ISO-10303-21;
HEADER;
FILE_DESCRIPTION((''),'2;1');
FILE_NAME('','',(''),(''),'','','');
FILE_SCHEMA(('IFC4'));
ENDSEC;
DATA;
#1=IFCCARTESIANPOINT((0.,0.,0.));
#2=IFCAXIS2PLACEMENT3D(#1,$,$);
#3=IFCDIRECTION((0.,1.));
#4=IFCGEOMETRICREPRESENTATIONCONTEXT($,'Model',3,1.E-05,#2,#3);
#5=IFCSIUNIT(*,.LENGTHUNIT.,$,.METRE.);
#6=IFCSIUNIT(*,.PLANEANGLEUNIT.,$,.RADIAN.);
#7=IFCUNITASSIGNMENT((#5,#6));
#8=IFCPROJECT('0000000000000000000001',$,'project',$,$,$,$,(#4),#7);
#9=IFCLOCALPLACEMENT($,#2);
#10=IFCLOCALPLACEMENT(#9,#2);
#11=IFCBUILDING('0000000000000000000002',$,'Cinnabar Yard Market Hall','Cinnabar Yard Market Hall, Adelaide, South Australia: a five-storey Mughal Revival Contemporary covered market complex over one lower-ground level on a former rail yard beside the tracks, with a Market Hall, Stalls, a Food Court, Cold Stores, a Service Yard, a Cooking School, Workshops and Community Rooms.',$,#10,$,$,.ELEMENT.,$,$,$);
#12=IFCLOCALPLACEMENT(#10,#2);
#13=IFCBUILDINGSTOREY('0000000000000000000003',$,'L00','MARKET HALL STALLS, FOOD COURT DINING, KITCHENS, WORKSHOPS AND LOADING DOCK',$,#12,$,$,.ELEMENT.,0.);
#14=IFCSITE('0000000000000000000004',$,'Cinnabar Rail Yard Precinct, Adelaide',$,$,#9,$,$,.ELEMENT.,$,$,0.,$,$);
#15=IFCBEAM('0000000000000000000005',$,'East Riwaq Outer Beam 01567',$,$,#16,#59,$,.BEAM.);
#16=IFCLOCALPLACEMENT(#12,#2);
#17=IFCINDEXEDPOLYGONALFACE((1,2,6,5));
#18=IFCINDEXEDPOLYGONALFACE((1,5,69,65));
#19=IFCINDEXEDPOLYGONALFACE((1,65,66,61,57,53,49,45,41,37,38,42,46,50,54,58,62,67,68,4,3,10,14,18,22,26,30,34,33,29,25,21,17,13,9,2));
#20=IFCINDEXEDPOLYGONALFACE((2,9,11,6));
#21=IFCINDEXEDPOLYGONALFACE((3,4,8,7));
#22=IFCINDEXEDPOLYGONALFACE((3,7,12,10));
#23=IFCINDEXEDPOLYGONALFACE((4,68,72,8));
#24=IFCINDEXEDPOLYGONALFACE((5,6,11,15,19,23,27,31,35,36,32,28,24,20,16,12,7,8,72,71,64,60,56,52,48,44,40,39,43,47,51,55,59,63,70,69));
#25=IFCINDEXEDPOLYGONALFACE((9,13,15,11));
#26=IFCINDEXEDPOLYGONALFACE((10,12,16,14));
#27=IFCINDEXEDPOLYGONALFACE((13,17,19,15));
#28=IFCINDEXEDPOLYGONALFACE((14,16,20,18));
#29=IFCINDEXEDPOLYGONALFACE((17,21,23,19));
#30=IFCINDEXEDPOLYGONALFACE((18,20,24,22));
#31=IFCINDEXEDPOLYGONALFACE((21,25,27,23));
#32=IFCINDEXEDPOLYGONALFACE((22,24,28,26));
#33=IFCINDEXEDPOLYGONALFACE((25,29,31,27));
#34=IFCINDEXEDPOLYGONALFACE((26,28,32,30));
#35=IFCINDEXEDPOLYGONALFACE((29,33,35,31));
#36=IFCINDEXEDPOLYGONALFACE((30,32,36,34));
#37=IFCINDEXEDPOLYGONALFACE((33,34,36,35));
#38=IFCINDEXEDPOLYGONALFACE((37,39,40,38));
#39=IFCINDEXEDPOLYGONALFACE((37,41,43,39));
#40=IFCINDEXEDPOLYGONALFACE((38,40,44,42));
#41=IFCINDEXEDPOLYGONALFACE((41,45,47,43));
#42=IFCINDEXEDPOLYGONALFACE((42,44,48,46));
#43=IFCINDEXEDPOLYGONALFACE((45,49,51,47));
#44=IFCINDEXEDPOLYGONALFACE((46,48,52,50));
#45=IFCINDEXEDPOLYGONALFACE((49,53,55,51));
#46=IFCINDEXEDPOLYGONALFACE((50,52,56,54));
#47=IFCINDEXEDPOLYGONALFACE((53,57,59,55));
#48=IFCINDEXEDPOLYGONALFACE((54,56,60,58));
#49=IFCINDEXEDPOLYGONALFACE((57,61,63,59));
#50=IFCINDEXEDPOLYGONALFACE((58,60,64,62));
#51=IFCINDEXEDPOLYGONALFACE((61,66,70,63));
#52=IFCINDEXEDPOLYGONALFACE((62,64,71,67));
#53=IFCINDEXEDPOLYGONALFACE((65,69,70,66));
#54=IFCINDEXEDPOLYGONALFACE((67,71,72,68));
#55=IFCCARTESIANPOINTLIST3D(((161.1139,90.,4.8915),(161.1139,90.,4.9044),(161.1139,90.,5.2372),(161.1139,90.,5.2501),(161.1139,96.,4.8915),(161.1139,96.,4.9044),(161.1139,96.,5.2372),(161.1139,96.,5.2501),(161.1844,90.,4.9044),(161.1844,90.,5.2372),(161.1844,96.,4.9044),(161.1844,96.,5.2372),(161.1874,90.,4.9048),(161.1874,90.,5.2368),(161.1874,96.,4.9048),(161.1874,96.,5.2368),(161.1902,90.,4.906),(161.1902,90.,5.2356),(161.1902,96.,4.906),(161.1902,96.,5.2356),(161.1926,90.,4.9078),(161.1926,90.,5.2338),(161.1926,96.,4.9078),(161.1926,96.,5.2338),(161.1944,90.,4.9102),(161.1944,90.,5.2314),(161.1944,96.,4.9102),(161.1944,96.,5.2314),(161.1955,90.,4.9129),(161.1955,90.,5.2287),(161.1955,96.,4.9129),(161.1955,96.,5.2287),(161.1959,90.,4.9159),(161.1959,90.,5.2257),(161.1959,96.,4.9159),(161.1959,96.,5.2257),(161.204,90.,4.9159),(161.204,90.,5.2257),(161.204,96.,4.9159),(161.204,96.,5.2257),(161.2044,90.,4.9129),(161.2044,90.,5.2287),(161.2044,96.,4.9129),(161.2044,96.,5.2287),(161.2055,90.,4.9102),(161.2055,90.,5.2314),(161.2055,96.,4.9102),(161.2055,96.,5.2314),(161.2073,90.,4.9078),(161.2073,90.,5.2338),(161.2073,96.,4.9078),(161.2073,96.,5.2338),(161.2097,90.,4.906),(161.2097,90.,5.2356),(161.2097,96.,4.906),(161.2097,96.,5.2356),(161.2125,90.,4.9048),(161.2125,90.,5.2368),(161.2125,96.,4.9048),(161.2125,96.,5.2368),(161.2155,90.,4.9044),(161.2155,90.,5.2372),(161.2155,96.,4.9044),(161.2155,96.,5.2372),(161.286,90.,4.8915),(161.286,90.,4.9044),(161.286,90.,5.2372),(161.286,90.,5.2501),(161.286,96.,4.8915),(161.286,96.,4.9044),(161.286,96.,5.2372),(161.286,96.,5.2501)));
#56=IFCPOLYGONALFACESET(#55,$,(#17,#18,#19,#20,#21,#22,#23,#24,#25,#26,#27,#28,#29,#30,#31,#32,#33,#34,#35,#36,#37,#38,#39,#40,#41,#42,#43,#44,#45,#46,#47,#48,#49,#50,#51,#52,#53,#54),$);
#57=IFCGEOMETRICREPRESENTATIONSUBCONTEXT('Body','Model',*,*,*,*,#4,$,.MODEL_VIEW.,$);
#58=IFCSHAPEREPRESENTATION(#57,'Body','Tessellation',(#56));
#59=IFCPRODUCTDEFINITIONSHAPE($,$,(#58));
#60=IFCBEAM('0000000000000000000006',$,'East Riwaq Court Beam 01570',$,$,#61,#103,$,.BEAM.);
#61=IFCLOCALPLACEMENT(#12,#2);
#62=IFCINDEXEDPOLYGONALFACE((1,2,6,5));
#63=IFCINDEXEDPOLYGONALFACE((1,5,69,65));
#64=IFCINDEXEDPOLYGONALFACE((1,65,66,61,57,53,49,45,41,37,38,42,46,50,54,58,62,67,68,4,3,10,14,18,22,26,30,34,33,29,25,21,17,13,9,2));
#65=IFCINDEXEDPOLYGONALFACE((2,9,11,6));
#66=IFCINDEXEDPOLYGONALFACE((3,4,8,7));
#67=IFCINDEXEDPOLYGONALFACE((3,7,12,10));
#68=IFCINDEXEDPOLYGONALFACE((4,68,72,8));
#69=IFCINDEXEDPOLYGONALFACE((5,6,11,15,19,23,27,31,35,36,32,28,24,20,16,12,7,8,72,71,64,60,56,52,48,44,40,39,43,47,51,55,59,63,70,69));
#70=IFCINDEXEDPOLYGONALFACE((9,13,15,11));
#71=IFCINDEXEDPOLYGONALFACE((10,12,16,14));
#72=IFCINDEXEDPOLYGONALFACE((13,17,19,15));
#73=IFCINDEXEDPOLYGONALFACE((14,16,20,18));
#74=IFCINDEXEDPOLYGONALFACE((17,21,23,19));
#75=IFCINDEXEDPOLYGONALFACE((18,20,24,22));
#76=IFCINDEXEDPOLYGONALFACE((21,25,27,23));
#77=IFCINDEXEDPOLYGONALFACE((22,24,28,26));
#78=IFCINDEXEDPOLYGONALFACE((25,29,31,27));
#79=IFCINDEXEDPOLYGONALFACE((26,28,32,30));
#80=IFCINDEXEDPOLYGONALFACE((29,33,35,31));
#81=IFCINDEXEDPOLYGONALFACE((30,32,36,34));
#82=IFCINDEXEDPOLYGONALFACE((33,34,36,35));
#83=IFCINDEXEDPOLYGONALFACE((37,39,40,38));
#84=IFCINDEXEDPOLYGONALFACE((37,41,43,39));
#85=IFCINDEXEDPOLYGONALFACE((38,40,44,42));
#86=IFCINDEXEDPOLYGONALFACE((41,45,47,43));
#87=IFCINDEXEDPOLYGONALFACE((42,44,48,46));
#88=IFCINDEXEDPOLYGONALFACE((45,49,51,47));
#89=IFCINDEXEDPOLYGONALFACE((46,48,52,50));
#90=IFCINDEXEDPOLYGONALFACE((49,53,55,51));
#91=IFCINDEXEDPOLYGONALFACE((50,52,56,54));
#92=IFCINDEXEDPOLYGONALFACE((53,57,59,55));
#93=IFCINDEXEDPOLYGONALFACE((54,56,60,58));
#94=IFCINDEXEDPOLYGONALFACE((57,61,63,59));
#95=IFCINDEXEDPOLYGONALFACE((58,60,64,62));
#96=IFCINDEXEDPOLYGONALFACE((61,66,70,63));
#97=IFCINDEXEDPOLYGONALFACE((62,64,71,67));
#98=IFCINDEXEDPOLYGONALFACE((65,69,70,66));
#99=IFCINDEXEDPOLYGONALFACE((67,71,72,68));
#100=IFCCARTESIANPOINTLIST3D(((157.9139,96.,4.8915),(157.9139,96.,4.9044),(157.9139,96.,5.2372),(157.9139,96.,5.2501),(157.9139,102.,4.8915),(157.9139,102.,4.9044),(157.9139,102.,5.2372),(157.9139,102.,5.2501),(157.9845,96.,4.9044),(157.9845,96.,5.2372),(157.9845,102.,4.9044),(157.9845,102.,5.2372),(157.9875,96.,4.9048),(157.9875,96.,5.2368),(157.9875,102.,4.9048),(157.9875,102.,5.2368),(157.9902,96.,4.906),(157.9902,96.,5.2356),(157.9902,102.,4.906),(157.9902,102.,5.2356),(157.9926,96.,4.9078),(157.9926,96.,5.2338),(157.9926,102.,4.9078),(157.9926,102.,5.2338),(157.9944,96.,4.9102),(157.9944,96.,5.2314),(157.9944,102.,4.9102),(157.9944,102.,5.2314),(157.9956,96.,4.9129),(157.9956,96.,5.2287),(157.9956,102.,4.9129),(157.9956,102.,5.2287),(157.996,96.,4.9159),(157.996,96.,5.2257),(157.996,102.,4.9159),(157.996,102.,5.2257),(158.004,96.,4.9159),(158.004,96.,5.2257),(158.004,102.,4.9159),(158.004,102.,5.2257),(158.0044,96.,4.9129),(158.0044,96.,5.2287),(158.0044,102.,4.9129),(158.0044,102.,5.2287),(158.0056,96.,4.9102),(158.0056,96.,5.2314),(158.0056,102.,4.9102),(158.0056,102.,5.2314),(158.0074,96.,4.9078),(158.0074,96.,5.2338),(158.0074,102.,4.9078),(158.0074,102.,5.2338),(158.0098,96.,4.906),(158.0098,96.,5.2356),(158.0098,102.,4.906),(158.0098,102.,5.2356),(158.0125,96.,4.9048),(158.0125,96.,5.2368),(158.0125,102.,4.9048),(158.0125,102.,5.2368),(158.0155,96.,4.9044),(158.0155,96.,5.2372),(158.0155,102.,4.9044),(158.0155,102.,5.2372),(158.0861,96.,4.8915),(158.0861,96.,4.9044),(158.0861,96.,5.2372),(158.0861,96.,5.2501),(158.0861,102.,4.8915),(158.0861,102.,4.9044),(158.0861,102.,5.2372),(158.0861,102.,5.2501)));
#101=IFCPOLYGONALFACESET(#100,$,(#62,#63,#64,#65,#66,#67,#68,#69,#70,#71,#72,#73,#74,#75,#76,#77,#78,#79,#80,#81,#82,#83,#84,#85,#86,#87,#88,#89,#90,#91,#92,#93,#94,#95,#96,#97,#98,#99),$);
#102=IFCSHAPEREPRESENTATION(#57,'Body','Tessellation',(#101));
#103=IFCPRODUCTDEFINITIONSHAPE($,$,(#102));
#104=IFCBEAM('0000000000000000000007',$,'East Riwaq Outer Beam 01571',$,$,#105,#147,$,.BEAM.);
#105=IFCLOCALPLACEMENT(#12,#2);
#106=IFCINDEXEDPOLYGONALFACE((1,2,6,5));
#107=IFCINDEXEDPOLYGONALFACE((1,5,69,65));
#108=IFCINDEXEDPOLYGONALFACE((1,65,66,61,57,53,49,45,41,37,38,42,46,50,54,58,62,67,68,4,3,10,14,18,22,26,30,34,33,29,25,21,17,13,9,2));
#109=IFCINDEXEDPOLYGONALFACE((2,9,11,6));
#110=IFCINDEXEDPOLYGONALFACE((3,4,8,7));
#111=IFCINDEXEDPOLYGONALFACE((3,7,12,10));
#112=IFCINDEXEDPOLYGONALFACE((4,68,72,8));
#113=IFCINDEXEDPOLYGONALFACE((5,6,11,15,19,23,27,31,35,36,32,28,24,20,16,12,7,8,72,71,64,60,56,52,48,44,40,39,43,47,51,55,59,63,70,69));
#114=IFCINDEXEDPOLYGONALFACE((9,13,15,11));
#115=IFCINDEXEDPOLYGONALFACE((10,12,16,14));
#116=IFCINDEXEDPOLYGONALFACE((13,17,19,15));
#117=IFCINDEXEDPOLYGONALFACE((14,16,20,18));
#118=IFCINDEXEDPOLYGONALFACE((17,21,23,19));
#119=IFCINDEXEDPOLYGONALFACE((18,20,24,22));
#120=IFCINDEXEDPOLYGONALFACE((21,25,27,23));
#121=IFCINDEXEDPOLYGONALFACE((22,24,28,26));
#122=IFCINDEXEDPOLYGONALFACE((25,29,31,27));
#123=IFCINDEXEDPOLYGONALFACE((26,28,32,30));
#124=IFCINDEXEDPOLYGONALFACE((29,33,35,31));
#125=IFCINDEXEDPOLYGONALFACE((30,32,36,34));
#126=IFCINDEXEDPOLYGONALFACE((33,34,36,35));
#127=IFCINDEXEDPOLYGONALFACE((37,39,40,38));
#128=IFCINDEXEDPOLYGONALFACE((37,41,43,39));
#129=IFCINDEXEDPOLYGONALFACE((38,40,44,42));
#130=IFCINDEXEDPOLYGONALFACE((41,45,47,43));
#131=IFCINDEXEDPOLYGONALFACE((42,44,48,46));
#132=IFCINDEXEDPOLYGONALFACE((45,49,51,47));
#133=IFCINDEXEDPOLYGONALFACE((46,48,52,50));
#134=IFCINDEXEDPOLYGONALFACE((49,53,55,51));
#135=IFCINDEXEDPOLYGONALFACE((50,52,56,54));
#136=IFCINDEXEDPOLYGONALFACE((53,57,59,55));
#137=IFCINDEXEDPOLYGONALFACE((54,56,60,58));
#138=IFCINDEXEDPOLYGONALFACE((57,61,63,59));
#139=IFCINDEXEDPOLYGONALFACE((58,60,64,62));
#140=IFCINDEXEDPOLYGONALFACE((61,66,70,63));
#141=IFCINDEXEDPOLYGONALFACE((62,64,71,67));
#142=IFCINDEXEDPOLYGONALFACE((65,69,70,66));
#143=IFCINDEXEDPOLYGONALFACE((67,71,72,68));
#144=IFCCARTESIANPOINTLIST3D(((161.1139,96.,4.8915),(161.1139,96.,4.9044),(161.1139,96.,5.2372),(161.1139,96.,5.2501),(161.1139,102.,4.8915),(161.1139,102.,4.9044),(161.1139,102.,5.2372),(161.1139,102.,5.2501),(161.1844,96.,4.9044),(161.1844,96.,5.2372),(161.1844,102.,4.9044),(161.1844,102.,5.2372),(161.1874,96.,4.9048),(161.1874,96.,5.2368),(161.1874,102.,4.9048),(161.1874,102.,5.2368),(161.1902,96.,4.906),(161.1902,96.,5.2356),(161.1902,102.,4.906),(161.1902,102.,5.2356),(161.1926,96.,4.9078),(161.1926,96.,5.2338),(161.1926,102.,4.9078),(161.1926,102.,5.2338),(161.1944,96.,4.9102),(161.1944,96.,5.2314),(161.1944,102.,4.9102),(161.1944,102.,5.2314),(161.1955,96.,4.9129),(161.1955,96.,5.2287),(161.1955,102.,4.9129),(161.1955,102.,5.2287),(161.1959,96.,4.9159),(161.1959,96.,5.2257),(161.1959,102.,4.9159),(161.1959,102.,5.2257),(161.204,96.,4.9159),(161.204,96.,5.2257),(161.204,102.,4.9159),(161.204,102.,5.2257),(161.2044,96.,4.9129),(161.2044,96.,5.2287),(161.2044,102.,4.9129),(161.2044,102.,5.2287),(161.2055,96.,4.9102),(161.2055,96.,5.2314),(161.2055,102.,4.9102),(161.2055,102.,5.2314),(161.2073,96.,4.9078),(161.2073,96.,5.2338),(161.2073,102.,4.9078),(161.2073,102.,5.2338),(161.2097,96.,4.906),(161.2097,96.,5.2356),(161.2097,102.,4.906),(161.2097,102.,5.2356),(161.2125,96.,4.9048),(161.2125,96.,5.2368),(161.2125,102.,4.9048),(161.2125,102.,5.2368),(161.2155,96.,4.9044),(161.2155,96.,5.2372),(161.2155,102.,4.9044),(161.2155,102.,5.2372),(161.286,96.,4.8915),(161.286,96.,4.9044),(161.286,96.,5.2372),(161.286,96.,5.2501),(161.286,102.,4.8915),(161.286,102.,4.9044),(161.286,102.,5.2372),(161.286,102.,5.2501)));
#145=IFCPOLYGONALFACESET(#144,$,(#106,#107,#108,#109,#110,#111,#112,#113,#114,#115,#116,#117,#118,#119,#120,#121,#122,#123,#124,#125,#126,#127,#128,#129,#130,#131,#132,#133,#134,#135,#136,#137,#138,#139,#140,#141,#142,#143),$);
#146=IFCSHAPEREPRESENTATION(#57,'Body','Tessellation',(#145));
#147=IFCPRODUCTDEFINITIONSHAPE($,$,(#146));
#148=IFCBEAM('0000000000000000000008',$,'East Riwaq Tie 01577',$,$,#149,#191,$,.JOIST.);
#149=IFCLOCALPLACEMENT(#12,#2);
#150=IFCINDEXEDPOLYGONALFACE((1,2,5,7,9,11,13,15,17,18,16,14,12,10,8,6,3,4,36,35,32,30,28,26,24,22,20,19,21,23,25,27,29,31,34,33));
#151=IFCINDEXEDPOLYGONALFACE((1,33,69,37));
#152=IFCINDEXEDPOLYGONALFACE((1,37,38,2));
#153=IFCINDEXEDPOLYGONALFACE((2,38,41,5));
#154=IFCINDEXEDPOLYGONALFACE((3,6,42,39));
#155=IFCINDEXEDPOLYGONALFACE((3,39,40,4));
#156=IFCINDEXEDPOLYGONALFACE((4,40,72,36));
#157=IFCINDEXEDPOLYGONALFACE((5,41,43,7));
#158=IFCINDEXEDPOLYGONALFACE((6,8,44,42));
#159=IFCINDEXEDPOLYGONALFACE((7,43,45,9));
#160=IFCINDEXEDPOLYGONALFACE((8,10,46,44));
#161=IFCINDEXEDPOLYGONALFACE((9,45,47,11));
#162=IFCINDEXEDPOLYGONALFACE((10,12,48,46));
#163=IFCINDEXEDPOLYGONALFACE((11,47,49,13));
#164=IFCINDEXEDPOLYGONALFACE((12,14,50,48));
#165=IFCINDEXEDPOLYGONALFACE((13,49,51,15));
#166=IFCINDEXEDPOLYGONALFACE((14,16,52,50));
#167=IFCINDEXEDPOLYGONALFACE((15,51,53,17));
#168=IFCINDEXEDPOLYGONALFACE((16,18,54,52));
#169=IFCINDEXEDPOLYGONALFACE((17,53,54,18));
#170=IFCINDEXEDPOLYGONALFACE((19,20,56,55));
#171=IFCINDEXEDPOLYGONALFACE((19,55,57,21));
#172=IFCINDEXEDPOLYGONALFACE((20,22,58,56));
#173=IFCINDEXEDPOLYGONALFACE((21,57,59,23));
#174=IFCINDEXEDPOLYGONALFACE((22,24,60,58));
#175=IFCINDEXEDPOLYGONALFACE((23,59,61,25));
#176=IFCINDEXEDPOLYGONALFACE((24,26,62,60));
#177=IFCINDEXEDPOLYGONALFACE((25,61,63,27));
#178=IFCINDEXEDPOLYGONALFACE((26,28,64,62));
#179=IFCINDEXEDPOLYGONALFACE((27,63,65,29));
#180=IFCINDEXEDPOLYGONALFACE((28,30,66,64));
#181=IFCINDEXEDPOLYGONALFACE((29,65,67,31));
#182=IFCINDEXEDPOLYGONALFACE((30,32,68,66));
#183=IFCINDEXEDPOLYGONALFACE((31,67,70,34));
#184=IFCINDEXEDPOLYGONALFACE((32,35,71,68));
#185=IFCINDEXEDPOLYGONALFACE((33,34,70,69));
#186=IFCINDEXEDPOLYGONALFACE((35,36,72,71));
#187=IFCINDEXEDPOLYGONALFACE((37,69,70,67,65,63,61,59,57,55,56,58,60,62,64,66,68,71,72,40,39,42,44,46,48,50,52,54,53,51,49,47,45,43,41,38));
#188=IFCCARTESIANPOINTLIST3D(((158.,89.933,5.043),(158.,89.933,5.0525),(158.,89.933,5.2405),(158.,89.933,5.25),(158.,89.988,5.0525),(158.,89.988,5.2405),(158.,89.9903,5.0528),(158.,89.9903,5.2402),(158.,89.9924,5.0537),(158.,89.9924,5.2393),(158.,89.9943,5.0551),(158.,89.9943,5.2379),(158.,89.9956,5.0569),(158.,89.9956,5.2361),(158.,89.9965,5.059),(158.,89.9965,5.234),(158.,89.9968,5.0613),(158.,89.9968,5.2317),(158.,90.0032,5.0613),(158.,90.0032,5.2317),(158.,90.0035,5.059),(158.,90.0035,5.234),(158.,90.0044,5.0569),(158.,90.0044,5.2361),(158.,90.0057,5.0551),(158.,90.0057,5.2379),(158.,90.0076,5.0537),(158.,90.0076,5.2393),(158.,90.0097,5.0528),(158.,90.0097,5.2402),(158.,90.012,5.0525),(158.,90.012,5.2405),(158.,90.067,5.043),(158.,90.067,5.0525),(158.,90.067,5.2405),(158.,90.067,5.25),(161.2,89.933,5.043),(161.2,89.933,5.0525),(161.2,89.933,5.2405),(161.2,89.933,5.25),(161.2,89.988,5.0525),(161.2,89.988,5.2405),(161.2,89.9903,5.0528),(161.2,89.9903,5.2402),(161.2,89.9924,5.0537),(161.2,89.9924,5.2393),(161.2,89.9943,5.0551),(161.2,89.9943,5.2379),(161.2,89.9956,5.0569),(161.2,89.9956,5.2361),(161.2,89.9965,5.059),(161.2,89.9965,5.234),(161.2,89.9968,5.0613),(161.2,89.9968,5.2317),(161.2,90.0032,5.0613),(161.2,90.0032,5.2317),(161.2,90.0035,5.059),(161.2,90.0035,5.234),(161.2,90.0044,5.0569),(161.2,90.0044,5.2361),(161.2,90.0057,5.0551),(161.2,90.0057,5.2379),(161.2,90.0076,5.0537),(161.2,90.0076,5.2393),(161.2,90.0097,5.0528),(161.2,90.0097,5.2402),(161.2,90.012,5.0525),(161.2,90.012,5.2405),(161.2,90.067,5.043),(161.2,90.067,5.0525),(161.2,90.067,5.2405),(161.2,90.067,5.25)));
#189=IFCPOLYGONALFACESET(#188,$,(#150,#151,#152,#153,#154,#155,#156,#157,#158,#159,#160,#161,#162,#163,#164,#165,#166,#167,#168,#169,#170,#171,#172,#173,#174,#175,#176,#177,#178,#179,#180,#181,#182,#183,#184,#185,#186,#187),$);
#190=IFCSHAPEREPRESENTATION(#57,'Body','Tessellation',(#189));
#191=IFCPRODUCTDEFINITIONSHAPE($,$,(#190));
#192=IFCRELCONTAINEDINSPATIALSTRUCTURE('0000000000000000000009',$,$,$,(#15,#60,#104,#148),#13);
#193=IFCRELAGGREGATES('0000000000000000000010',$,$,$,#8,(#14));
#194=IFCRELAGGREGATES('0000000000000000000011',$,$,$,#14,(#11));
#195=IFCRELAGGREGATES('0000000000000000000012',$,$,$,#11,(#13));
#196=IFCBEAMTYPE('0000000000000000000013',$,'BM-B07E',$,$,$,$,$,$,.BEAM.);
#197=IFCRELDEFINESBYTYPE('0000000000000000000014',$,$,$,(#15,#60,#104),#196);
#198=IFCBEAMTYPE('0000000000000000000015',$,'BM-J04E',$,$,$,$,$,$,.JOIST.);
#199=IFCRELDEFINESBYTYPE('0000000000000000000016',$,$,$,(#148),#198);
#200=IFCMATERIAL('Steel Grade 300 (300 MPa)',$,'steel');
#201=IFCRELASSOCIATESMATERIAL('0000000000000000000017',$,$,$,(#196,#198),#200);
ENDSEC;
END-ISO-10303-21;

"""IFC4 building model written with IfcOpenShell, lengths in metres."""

from ifc_helpers import new_model, si_unit, direction, frame, origin, origin_2d_with_axis, place, context, subcontext, project, spatial, i_section, extrude, material, material_profile, profile_set, type_object, element, save


model = new_model("IFC4")

# Units and contexts
model_context = context("Model", 3, precision=1e-05, world=origin(), true_north=direction((0.0, 1.0)))
body_context = subcontext(model_context, "Body", "Model", "MODEL_VIEW")
ifc_project = project(units=[si_unit("LENGTHUNIT", "METRE"), si_unit("PLANEANGLEUNIT", "RADIAN")], contexts=[model_context])

# Site, building, storey
site_placement = place(None, origin())
site = spatial("IfcSite", under=ifc_project, at=site_placement, Name="Cinnabar Rail Yard Precinct, Adelaide", CompositionType="ELEMENT", RefElevation=0.0)
building_placement = place(site_placement, origin())
building = spatial("IfcBuilding", under=site, at=building_placement, Name="Cinnabar Yard Market Hall", Description="Cinnabar Yard Market Hall, Adelaide, South Australia: a five-storey Mughal Revival Contemporary covered market complex over one lower-ground level on a former rail yard beside the tracks, with a Market Hall, Stalls, a Food Court, Cold Stores, a Service Yard, a Cooking School, Workshops and Community Rooms.", CompositionType="ELEMENT")
storey_placement = place(building_placement, origin())
storey = spatial("IfcBuildingStorey", under=building, at=storey_placement, Name="L00", Description="MARKET HALL STALLS, FOOD COURT DINING, KITCHENS, WORKSHOPS AND LOADING DOCK", CompositionType="ELEMENT", Elevation=0.0)

# Shared definitions
ifc_material_1 = material(Name="Steel Grade 300 (300 MPa)", Category="steel")

# Beams
ifc_material_profile_1 = material_profile(ifc_material_1, i_section(OverallWidth=0.1721, OverallDepth=0.3586, WebThickness=0.0081, FlangeThickness=0.0129, FilletRadius=0.0115, at=origin_2d_with_axis()), Name="360UB56.7")
ifc_profile_set_1 = profile_set([ifc_material_profile_1], Name="Steel Grade 300 (300 MPa)")
beam_type_1 = type_object("IfcBeamType", Name="BM-B07E", PredefinedType="BEAM", material=ifc_profile_set_1)
for number, where, z_axis, x_axis, name in (
    (1, (161.2, 90.0, 5.0708), (0.0, 1.0, 0.0), (-1.0, 0.0, 0.0), "East Riwaq Outer Beam 01567"),
    (2, (158.0, 96.0, 5.0708), (0.0, 1.0, 0.0), (-1.0, 0.0, 0.0), "East Riwaq Court Beam 01570"),
    (3, (161.2, 96.0, 5.0708), (0.0, 1.0, 0.0), (-1.0, 0.0, 0.0), "East Riwaq Outer Beam 01571"),
):
    element("IfcBeam", number, at=place(storey_placement, frame(where, z_axis=z_axis, x_axis=x_axis)), inside=storey, type_object=beam_type_1, Name=name, PredefinedType="BEAM", context=body_context, shape_type="SweptSolid", body=[
        extrude(i_section(OverallWidth=0.1721, OverallDepth=0.3586, WebThickness=0.0081, FlangeThickness=0.0129, FilletRadius=0.0115, at=origin_2d_with_axis()), origin(), (0.0, 0.0, 1.0), 6.0),
    ])
ifc_material_profile_2 = material_profile(ifc_material_1, i_section(OverallWidth=0.134, OverallDepth=0.207, WebThickness=0.0063, FlangeThickness=0.0095, FilletRadius=0.0088, at=origin_2d_with_axis()), Name="200UB29.8")
ifc_profile_set_2 = profile_set([ifc_material_profile_2], Name="Steel Grade 300 (300 MPa)")
beam_type_2 = type_object("IfcBeamType", Name="BM-J04E", PredefinedType="JOIST", material=ifc_profile_set_2)
for number, where, z_axis, x_axis, name in (
    (4, (158.0, 90.0, 5.1465), (1.0, 0.0, 0.0), (0.0, 1.0, 0.0), "East Riwaq Tie 01577"),
):
    element("IfcBeam", number, at=place(storey_placement, frame(where, z_axis=z_axis, x_axis=x_axis)), inside=storey, type_object=beam_type_2, Name=name, PredefinedType="JOIST", context=body_context, shape_type="SweptSolid", body=[
        extrude(i_section(OverallWidth=0.134, OverallDepth=0.207, WebThickness=0.0063, FlangeThickness=0.0095, FilletRadius=0.0088, at=origin_2d_with_axis()), origin(), (0.0, 0.0, 1.0), 3.2),
    ])

save(model, "model.ifc")
